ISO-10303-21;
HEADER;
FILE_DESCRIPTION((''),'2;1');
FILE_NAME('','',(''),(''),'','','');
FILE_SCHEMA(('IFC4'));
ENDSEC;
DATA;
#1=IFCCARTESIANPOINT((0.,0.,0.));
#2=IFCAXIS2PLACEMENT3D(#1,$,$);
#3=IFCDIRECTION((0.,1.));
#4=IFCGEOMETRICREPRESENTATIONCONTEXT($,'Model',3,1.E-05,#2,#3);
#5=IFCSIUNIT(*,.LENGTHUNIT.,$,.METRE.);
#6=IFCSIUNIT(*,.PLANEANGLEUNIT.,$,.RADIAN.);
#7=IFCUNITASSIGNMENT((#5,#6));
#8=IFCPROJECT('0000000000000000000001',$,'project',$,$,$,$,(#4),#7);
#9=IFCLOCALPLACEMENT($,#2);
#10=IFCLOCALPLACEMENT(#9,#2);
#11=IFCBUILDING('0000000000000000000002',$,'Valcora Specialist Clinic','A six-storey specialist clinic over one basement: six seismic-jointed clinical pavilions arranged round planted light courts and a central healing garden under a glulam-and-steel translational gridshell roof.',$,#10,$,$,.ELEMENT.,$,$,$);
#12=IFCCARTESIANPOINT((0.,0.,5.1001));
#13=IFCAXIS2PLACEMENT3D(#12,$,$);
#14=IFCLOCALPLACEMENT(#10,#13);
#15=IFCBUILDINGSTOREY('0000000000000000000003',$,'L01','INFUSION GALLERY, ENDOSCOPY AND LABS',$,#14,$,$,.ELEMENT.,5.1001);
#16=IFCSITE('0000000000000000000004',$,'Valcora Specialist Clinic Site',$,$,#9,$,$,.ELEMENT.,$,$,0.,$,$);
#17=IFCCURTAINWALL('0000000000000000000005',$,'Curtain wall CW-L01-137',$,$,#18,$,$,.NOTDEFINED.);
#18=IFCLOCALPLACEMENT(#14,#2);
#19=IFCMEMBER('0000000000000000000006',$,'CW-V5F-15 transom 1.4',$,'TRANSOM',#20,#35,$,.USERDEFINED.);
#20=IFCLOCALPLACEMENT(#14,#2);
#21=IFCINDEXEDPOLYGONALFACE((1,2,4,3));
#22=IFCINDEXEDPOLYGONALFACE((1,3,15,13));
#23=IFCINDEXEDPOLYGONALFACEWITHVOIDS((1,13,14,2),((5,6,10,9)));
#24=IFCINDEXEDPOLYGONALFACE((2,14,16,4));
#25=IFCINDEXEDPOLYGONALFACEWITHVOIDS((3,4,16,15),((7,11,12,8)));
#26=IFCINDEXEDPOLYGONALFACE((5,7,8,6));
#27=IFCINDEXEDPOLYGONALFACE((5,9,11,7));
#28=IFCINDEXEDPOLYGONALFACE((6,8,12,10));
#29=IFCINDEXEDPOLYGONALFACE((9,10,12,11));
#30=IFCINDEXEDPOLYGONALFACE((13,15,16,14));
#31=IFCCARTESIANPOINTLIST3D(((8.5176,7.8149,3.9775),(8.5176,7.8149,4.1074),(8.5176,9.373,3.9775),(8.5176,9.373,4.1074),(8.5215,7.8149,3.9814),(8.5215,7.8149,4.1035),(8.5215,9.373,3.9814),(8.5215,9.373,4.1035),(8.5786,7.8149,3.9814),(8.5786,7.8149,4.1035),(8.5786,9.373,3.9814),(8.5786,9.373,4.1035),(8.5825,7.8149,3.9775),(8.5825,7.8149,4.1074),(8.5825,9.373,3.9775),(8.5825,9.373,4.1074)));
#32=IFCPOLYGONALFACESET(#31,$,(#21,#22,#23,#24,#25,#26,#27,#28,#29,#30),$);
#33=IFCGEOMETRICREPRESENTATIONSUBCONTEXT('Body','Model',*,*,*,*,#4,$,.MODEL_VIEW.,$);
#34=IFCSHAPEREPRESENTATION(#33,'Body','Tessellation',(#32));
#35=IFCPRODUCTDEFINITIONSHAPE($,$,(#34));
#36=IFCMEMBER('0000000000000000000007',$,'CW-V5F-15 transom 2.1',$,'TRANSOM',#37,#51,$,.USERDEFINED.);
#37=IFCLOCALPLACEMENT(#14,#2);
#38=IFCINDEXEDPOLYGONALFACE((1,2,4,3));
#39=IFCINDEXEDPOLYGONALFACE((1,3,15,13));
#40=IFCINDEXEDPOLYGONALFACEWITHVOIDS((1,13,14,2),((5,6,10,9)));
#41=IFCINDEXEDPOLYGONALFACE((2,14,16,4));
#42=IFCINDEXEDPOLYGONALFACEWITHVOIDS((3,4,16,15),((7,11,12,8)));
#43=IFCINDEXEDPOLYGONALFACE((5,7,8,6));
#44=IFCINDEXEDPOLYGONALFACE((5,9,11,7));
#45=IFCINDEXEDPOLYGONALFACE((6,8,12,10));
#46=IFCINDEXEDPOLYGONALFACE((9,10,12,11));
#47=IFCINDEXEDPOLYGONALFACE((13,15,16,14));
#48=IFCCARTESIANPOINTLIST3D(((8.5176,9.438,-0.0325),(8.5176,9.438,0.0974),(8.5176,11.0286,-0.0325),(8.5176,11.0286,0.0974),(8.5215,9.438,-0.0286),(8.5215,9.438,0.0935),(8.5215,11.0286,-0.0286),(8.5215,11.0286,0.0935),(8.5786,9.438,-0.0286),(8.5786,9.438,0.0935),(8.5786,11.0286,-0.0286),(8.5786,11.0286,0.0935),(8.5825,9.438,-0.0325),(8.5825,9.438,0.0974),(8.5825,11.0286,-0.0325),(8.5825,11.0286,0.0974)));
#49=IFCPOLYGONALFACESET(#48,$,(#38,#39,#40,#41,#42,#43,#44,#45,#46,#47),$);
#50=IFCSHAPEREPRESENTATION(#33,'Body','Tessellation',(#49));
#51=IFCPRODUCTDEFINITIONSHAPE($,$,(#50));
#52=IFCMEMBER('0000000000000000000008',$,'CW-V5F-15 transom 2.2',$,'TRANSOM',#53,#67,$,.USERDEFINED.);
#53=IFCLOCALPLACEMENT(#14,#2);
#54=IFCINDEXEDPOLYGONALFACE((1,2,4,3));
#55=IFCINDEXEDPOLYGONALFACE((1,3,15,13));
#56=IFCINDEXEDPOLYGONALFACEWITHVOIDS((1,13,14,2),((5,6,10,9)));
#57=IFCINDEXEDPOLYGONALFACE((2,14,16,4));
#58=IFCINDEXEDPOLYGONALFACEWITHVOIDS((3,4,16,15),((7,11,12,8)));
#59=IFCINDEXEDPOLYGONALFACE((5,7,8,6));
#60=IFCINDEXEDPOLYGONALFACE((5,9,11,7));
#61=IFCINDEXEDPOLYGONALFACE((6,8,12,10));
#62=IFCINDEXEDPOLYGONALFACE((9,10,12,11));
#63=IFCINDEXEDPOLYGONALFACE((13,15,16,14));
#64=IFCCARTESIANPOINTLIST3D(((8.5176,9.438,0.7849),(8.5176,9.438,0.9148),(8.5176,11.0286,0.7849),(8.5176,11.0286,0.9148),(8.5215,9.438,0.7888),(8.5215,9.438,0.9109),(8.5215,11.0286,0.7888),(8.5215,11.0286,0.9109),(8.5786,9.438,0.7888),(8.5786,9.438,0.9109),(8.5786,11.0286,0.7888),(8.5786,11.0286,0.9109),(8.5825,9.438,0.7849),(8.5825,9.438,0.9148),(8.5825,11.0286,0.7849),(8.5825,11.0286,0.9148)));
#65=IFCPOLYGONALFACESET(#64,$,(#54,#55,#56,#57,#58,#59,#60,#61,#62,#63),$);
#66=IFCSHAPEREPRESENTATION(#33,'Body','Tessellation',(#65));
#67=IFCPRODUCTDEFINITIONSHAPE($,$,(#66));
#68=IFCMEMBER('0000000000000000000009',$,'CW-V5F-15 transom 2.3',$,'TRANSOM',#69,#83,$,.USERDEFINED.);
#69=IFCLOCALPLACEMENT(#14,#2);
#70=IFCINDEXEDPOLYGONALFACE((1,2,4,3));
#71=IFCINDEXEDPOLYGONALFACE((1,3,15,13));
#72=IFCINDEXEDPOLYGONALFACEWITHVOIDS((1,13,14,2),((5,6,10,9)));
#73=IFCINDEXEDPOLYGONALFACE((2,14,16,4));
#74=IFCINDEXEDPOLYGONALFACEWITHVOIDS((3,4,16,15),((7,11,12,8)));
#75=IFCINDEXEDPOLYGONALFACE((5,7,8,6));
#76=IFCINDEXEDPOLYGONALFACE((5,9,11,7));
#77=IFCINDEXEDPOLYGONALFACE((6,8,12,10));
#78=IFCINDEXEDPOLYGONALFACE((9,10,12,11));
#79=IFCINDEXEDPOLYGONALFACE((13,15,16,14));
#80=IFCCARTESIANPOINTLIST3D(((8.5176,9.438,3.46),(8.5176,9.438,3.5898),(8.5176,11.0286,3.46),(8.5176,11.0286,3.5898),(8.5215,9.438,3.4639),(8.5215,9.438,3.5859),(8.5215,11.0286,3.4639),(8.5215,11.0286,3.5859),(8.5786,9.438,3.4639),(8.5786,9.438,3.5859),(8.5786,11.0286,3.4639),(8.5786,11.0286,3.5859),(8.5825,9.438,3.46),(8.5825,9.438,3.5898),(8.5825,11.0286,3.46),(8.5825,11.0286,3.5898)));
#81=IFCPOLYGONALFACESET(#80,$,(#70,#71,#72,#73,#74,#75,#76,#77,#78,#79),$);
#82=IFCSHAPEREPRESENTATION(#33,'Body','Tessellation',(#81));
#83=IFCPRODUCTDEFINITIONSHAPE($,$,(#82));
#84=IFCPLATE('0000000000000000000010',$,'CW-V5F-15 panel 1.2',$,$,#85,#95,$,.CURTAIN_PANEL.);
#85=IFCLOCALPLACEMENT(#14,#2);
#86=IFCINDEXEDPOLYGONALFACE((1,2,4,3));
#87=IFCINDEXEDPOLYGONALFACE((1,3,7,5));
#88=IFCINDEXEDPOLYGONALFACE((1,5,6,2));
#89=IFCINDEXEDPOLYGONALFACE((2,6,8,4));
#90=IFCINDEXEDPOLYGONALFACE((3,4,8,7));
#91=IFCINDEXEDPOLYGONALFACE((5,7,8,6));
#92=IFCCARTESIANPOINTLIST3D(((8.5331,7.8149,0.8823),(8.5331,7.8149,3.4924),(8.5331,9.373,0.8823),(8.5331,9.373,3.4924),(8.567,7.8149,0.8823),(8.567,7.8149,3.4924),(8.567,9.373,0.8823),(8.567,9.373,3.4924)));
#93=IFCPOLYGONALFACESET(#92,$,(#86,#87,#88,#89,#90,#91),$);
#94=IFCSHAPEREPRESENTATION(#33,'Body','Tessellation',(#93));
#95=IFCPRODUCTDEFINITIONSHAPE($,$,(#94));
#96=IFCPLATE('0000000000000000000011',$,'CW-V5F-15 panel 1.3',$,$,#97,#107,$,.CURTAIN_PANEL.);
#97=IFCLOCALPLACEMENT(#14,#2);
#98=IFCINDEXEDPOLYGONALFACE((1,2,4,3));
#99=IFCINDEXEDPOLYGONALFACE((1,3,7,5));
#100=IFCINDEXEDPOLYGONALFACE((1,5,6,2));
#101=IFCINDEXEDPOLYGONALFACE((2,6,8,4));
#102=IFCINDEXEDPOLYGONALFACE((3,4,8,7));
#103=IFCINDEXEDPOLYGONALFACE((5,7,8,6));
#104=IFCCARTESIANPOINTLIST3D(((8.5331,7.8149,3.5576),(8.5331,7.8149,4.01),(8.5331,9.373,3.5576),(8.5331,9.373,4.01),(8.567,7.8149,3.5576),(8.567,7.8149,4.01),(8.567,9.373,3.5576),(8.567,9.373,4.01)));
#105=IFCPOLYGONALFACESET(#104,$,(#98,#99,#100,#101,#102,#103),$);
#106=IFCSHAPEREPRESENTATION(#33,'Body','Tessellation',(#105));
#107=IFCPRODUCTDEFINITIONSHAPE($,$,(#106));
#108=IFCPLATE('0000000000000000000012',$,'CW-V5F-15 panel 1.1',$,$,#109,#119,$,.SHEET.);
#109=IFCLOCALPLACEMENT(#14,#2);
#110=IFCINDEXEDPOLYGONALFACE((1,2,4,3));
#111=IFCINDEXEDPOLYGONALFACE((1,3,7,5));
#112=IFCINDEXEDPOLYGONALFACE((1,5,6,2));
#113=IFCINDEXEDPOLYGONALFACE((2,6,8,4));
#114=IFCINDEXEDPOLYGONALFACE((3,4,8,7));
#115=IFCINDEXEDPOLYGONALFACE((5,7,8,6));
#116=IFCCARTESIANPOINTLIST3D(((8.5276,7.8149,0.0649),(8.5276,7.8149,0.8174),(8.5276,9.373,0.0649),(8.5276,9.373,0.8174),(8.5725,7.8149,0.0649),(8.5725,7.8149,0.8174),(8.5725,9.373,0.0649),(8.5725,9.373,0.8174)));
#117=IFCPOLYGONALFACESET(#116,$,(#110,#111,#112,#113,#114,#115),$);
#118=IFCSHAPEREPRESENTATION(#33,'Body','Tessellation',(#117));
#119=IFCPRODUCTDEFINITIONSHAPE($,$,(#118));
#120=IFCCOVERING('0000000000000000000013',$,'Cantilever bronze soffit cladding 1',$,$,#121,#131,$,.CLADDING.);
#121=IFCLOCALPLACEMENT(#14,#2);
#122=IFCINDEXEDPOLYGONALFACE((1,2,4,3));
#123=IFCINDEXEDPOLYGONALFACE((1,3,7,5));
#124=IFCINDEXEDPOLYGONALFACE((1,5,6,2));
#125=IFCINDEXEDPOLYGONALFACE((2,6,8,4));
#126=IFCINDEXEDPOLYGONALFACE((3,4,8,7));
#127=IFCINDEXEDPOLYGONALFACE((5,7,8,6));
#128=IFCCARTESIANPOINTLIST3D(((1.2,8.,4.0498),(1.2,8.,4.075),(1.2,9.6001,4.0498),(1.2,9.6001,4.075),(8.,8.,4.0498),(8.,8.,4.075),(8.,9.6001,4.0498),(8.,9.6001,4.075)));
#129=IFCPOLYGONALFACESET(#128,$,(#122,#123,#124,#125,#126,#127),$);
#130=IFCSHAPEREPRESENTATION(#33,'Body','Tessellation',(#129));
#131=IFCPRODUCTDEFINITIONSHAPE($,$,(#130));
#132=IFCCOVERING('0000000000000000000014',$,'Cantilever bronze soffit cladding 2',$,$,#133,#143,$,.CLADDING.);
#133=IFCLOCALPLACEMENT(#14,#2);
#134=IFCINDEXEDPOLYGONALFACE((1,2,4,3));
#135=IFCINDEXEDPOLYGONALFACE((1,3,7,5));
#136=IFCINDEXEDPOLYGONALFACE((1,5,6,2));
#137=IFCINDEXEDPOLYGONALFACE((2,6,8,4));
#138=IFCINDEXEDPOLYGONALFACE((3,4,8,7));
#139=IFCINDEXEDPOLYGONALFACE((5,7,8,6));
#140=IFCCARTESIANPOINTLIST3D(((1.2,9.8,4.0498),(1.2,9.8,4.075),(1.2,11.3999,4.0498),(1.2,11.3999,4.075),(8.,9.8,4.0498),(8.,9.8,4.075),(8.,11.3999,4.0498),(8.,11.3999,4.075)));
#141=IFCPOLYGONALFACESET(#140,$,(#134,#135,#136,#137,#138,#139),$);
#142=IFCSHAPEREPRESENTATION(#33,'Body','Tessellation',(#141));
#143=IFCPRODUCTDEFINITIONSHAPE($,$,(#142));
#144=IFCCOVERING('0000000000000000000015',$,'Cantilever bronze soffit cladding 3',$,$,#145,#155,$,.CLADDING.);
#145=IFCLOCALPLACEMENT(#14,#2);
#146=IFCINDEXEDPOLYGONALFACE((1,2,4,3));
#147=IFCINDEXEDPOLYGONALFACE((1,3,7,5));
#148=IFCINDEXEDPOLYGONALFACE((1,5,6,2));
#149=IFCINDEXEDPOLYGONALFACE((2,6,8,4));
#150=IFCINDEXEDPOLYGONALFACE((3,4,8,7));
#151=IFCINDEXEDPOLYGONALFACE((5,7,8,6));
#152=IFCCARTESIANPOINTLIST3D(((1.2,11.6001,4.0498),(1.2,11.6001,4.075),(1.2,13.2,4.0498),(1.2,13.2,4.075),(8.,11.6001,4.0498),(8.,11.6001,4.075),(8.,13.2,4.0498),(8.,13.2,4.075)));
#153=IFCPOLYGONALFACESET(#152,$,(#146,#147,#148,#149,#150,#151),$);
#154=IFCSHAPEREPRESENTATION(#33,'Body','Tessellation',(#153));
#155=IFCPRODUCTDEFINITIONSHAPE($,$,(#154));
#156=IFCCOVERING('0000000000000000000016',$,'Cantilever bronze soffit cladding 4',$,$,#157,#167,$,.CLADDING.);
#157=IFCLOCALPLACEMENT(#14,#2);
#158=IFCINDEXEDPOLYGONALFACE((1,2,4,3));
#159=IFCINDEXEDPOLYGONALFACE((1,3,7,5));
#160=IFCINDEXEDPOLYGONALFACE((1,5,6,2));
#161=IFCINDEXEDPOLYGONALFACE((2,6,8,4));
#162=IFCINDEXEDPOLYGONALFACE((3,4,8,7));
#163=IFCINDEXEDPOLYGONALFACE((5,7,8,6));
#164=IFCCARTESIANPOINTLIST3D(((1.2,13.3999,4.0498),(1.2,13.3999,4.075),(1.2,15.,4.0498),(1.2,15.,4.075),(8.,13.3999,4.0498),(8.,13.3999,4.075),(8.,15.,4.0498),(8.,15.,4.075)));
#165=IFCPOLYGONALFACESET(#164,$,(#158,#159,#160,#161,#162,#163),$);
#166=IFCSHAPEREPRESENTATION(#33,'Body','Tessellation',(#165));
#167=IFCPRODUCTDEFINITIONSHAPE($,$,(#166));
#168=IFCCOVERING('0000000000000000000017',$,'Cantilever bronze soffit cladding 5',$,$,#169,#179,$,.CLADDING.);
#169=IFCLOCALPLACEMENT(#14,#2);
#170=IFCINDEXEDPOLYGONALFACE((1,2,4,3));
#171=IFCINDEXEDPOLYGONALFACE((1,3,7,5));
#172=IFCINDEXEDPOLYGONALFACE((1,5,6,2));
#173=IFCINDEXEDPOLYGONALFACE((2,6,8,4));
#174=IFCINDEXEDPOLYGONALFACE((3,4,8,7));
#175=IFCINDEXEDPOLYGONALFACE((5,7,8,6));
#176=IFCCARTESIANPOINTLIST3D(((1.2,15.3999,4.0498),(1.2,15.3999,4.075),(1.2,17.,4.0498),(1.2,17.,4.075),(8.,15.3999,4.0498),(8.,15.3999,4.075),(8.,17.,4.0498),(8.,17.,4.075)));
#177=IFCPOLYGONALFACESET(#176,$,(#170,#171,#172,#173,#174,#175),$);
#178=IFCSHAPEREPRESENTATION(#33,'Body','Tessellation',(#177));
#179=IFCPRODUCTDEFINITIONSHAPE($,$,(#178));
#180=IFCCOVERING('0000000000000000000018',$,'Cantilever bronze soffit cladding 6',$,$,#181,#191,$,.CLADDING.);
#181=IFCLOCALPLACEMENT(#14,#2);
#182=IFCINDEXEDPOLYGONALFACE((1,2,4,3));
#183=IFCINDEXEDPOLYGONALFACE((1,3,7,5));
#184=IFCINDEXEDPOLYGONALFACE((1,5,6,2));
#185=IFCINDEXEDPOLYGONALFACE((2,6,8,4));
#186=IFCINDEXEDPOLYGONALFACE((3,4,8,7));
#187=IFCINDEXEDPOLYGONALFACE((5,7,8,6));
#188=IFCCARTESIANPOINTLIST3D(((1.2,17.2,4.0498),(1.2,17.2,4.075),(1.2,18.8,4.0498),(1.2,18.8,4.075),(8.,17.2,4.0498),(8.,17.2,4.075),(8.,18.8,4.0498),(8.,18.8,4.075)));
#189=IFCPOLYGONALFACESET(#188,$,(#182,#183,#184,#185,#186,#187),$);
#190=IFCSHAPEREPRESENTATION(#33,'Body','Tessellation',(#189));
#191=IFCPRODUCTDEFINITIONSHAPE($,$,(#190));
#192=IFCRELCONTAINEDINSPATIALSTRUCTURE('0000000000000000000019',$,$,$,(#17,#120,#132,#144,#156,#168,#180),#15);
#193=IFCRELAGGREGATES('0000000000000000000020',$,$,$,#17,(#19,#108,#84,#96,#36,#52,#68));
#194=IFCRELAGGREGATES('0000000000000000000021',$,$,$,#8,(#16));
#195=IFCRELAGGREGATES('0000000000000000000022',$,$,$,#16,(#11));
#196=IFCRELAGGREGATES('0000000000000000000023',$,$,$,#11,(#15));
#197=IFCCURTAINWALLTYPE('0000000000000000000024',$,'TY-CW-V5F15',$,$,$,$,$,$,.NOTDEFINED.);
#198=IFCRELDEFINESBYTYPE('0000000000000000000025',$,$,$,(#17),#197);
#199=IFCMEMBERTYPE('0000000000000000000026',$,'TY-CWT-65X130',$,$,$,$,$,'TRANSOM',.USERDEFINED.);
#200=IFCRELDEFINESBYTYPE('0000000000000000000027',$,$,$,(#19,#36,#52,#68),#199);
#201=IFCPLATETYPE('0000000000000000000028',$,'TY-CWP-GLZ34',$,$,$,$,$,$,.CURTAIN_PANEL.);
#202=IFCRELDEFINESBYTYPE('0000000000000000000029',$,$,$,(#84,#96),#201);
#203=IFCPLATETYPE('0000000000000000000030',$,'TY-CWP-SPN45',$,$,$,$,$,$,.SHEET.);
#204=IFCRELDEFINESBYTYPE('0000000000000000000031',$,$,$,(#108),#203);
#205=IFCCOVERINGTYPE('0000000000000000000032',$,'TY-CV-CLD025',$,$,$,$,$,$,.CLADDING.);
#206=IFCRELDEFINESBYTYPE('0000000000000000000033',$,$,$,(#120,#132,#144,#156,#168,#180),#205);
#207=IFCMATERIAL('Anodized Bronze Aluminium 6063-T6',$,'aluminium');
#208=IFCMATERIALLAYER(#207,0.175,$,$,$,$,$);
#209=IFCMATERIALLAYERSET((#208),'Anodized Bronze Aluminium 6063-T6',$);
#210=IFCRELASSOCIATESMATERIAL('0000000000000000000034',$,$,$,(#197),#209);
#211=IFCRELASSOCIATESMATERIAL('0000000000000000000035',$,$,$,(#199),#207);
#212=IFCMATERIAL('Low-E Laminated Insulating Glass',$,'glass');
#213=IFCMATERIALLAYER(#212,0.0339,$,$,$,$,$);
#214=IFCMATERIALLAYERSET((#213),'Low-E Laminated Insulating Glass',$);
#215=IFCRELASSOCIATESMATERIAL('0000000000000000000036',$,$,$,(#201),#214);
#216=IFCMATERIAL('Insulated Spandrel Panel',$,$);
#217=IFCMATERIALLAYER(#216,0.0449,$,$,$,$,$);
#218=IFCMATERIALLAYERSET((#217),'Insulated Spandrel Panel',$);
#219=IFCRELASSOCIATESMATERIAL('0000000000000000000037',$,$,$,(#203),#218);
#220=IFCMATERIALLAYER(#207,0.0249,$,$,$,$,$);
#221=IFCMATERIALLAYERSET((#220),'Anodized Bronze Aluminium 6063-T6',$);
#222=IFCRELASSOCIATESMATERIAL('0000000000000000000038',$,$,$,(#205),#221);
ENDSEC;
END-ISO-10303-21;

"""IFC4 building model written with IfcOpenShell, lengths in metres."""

from ifc_helpers import new_model, si_unit, direction, frame, origin, origin_2d, place, context, subcontext, project, spatial, polyline, rectangle, hollow_rectangle, outline, extrude, material, layer, layer_set, material_profile, profile_set, type_object, element, aggregate, save


model = new_model("IFC4")

# Units and contexts
model_context = context("Model", 3, precision=1e-05, world=origin(), true_north=direction((0.0, 1.0)))
body_context = subcontext(model_context, "Body", "Model", "MODEL_VIEW")
ifc_project = project(units=[si_unit("LENGTHUNIT", "METRE"), si_unit("PLANEANGLEUNIT", "RADIAN")], contexts=[model_context])

# Site, building, storey
site_placement = place(None, origin())
site = spatial("IfcSite", under=ifc_project, at=site_placement, Name="Valcora Specialist Clinic Site", CompositionType="ELEMENT", RefElevation=0.0)
building_placement = place(site_placement, origin())
building = spatial("IfcBuilding", under=site, at=building_placement, Name="Valcora Specialist Clinic", Description="A six-storey specialist clinic over one basement: six seismic-jointed clinical pavilions arranged round planted light courts and a central healing garden under a glulam-and-steel translational gridshell roof.", CompositionType="ELEMENT")
storey_placement = place(building_placement, frame((0.0, 0.0, 5.1001)))
storey = spatial("IfcBuildingStorey", under=building, at=storey_placement, Name="L01", Description="INFUSION GALLERY, ENDOSCOPY AND LABS", CompositionType="ELEMENT", Elevation=5.1001)

# Curtain wall, members, plates
ifc_material_1 = material(Name="Anodized Bronze Aluminium 6063-T6", Category="aluminium")
ifc_layer_1 = layer(ifc_material_1, 0.175)
ifc_layer_set_1 = layer_set([ifc_layer_1], Name="Anodized Bronze Aluminium 6063-T6")
curtain_wall_type = type_object("IfcCurtainWallType", Name="TY-CW-V5F15", PredefinedType="NOTDEFINED", material=ifc_layer_set_1)
curtain_wall_placement = place(storey_placement, origin())
curtain_wall = element("IfcCurtainWall", 1, at=curtain_wall_placement, inside=storey, type_object=curtain_wall_type, Name="Curtain wall CW-L01-137", PredefinedType="NOTDEFINED")
ifc_material_profile_1 = material_profile(ifc_material_1, hollow_rectangle(XDim=0.0649, YDim=0.1299, WallThickness=0.0039, at=origin_2d()), Name="AL-TRN-65X130")
ifc_profile_set_1 = profile_set([ifc_material_profile_1], Name="Anodized Bronze Aluminium 6063-T6")
member_type_1 = type_object("IfcMemberType", Name="TY-CWT-65X130", ElementType="TRANSOM", PredefinedType="USERDEFINED", material=ifc_profile_set_1)
member_1_placement = place(storey_placement, frame((8.55, 7.8149, 4.0425), z_axis=(0.0, 1.0, 0.0), x_axis=(-1.0, 0.0, 0.0)))
member_1 = element("IfcMember", 2, at=member_1_placement, type_object=member_type_1, Name="CW-V5F-15 transom 1.4", ObjectType="TRANSOM", PredefinedType="USERDEFINED", context=body_context, shape_type="SweptSolid", body=[
    extrude(hollow_rectangle(XDim=0.0649, YDim=0.1299, WallThickness=0.0039, at=origin_2d()), origin(), (0.0, 0.0, 1.0), 1.5581),
])
member_2_placement = place(storey_placement, frame((8.55, 9.438, 0.0325), z_axis=(0.0, 1.0, 0.0), x_axis=(-1.0, 0.0, 0.0)))
member_2 = element("IfcMember", 3, at=member_2_placement, type_object=member_type_1, Name="CW-V5F-15 transom 2.1", ObjectType="TRANSOM", PredefinedType="USERDEFINED", context=body_context, shape_type="SweptSolid", body=[
    extrude(hollow_rectangle(XDim=0.0649, YDim=0.1299, WallThickness=0.0039, at=origin_2d()), origin(), (0.0, 0.0, 1.0), 1.5906),
])
member_3_placement = place(storey_placement, frame((8.55, 9.438, 0.8499), z_axis=(0.0, 1.0, 0.0), x_axis=(-1.0, 0.0, 0.0)))
member_3 = element("IfcMember", 4, at=member_3_placement, type_object=member_type_1, Name="CW-V5F-15 transom 2.2", ObjectType="TRANSOM", PredefinedType="USERDEFINED", context=body_context, shape_type="SweptSolid", body=[
    extrude(hollow_rectangle(XDim=0.0649, YDim=0.1299, WallThickness=0.0039, at=origin_2d()), origin(), (0.0, 0.0, 1.0), 1.5906),
])
member_4_placement = place(storey_placement, frame((8.55, 9.438, 3.5249), z_axis=(0.0, 1.0, 0.0), x_axis=(-1.0, 0.0, 0.0)))
member_4 = element("IfcMember", 5, at=member_4_placement, type_object=member_type_1, Name="CW-V5F-15 transom 2.3", ObjectType="TRANSOM", PredefinedType="USERDEFINED", context=body_context, shape_type="SweptSolid", body=[
    extrude(hollow_rectangle(XDim=0.0649, YDim=0.1299, WallThickness=0.0039, at=origin_2d()), origin(), (0.0, 0.0, 1.0), 1.5906),
])
ifc_material_2 = material(Name="Low-E Laminated Insulating Glass", Category="glass")
ifc_layer_2 = layer(ifc_material_2, 0.0339)
ifc_layer_set_2 = layer_set([ifc_layer_2], Name="Low-E Laminated Insulating Glass")
plate_type_1 = type_object("IfcPlateType", Name="TY-CWP-GLZ34", PredefinedType="CURTAIN_PANEL", material=ifc_layer_set_2)
plate_1_placement = place(storey_placement, frame((8.55, 8.594, 0.8823), z_axis=(0.0, 0.0, 1.0), x_axis=(0.0, 1.0, 0.0)))
plate_1 = element("IfcPlate", 6, at=plate_1_placement, type_object=plate_type_1, Name="CW-V5F-15 panel 1.2", PredefinedType="CURTAIN_PANEL", context=body_context, shape_type="SweptSolid", body=[
    extrude(rectangle(XDim=1.5581, YDim=0.0339, at=origin_2d()), origin(), (0.0, 0.0, 1.0), 2.6101),
])
plate_2_placement = place(storey_placement, frame((8.55, 8.594, 3.5576), z_axis=(0.0, 0.0, 1.0), x_axis=(0.0, 1.0, 0.0)))
plate_2 = element("IfcPlate", 7, at=plate_2_placement, type_object=plate_type_1, Name="CW-V5F-15 panel 1.3", PredefinedType="CURTAIN_PANEL", context=body_context, shape_type="SweptSolid", body=[
    extrude(rectangle(XDim=1.5581, YDim=0.0339, at=origin_2d()), origin(), (0.0, 0.0, 1.0), 0.4524),
])
ifc_material_3 = material(Name="Insulated Spandrel Panel")
ifc_layer_3 = layer(ifc_material_3, 0.0449)
ifc_layer_set_3 = layer_set([ifc_layer_3], Name="Insulated Spandrel Panel")
plate_type_2 = type_object("IfcPlateType", Name="TY-CWP-SPN45", PredefinedType="SHEET", material=ifc_layer_set_3)
plate_3_placement = place(storey_placement, frame((8.55, 8.594, 0.0649), z_axis=(0.0, 0.0, 1.0), x_axis=(0.0, 1.0, 0.0)))
plate_3 = element("IfcPlate", 8, at=plate_3_placement, type_object=plate_type_2, Name="CW-V5F-15 panel 1.1", PredefinedType="SHEET", context=body_context, shape_type="SweptSolid", body=[
    extrude(rectangle(XDim=1.5581, YDim=0.0449, at=origin_2d()), origin(), (0.0, 0.0, 1.0), 0.7524),
])
aggregate(curtain_wall, [member_1, plate_3, plate_1, plate_2, member_2, member_3, member_4])

# Coverings
ifc_layer_4 = layer(ifc_material_1, 0.0249)
ifc_layer_set_4 = layer_set([ifc_layer_4], Name="Anodized Bronze Aluminium 6063-T6")
covering_type_1 = type_object("IfcCoveringType", Name="TY-CV-CLD025", PredefinedType="CLADDING", material=ifc_layer_set_4)
covering_1_placement = place(storey_placement, frame((0.0, 0.0, 4.0498)))
element("IfcCovering", 9, at=covering_1_placement, inside=storey, type_object=covering_type_1, Name="Cantilever bronze soffit cladding 1", PredefinedType="CLADDING", context=body_context, shape_type="SweptSolid", body=[
    extrude(outline(polyline([(1.2, 8.0), (8.0, 8.0), (8.0, 9.6001), (1.2, 9.6001), (1.2, 8.0)])), origin(), (0.0, 0.0, 1.0), 0.0251),
])
covering_2_placement = place(storey_placement, frame((0.0, 0.0, 4.0498)))
element("IfcCovering", 10, at=covering_2_placement, inside=storey, type_object=covering_type_1, Name="Cantilever bronze soffit cladding 2", PredefinedType="CLADDING", context=body_context, shape_type="SweptSolid", body=[
    extrude(outline(polyline([(1.2, 9.8), (8.0, 9.8), (8.0, 11.3999), (1.2, 11.3999), (1.2, 9.8)])), origin(), (0.0, 0.0, 1.0), 0.0251),
])
covering_3_placement = place(storey_placement, frame((0.0, 0.0, 4.0498)))
element("IfcCovering", 11, at=covering_3_placement, inside=storey, type_object=covering_type_1, Name="Cantilever bronze soffit cladding 3", PredefinedType="CLADDING", context=body_context, shape_type="SweptSolid", body=[
    extrude(outline(polyline([(1.2, 11.6001), (8.0, 11.6001), (8.0, 13.2), (1.2, 13.2), (1.2, 11.6001)])), origin(), (0.0, 0.0, 1.0), 0.0251),
])
covering_4_placement = place(storey_placement, frame((0.0, 0.0, 4.0498)))
element("IfcCovering", 12, at=covering_4_placement, inside=storey, type_object=covering_type_1, Name="Cantilever bronze soffit cladding 4", PredefinedType="CLADDING", context=body_context, shape_type="SweptSolid", body=[
    extrude(outline(polyline([(1.2, 13.3999), (8.0, 13.3999), (8.0, 15.0), (1.2, 15.0), (1.2, 13.3999)])), origin(), (0.0, 0.0, 1.0), 0.0251),
])
covering_5_placement = place(storey_placement, frame((0.0, 0.0, 4.0498)))
element("IfcCovering", 13, at=covering_5_placement, inside=storey, type_object=covering_type_1, Name="Cantilever bronze soffit cladding 5", PredefinedType="CLADDING", context=body_context, shape_type="SweptSolid", body=[
    extrude(outline(polyline([(1.2, 15.3999), (8.0, 15.3999), (8.0, 17.0), (1.2, 17.0), (1.2, 15.3999)])), origin(), (0.0, 0.0, 1.0), 0.0251),
])
covering_6_placement = place(storey_placement, frame((0.0, 0.0, 4.0498)))
element("IfcCovering", 14, at=covering_6_placement, inside=storey, type_object=covering_type_1, Name="Cantilever bronze soffit cladding 6", PredefinedType="CLADDING", context=body_context, shape_type="SweptSolid", body=[
    extrude(outline(polyline([(1.2, 17.2), (8.0, 17.2), (8.0, 18.8), (1.2, 18.8), (1.2, 17.2)])), origin(), (0.0, 0.0, 1.0), 0.0251),
])

save(model, "model.ifc")
